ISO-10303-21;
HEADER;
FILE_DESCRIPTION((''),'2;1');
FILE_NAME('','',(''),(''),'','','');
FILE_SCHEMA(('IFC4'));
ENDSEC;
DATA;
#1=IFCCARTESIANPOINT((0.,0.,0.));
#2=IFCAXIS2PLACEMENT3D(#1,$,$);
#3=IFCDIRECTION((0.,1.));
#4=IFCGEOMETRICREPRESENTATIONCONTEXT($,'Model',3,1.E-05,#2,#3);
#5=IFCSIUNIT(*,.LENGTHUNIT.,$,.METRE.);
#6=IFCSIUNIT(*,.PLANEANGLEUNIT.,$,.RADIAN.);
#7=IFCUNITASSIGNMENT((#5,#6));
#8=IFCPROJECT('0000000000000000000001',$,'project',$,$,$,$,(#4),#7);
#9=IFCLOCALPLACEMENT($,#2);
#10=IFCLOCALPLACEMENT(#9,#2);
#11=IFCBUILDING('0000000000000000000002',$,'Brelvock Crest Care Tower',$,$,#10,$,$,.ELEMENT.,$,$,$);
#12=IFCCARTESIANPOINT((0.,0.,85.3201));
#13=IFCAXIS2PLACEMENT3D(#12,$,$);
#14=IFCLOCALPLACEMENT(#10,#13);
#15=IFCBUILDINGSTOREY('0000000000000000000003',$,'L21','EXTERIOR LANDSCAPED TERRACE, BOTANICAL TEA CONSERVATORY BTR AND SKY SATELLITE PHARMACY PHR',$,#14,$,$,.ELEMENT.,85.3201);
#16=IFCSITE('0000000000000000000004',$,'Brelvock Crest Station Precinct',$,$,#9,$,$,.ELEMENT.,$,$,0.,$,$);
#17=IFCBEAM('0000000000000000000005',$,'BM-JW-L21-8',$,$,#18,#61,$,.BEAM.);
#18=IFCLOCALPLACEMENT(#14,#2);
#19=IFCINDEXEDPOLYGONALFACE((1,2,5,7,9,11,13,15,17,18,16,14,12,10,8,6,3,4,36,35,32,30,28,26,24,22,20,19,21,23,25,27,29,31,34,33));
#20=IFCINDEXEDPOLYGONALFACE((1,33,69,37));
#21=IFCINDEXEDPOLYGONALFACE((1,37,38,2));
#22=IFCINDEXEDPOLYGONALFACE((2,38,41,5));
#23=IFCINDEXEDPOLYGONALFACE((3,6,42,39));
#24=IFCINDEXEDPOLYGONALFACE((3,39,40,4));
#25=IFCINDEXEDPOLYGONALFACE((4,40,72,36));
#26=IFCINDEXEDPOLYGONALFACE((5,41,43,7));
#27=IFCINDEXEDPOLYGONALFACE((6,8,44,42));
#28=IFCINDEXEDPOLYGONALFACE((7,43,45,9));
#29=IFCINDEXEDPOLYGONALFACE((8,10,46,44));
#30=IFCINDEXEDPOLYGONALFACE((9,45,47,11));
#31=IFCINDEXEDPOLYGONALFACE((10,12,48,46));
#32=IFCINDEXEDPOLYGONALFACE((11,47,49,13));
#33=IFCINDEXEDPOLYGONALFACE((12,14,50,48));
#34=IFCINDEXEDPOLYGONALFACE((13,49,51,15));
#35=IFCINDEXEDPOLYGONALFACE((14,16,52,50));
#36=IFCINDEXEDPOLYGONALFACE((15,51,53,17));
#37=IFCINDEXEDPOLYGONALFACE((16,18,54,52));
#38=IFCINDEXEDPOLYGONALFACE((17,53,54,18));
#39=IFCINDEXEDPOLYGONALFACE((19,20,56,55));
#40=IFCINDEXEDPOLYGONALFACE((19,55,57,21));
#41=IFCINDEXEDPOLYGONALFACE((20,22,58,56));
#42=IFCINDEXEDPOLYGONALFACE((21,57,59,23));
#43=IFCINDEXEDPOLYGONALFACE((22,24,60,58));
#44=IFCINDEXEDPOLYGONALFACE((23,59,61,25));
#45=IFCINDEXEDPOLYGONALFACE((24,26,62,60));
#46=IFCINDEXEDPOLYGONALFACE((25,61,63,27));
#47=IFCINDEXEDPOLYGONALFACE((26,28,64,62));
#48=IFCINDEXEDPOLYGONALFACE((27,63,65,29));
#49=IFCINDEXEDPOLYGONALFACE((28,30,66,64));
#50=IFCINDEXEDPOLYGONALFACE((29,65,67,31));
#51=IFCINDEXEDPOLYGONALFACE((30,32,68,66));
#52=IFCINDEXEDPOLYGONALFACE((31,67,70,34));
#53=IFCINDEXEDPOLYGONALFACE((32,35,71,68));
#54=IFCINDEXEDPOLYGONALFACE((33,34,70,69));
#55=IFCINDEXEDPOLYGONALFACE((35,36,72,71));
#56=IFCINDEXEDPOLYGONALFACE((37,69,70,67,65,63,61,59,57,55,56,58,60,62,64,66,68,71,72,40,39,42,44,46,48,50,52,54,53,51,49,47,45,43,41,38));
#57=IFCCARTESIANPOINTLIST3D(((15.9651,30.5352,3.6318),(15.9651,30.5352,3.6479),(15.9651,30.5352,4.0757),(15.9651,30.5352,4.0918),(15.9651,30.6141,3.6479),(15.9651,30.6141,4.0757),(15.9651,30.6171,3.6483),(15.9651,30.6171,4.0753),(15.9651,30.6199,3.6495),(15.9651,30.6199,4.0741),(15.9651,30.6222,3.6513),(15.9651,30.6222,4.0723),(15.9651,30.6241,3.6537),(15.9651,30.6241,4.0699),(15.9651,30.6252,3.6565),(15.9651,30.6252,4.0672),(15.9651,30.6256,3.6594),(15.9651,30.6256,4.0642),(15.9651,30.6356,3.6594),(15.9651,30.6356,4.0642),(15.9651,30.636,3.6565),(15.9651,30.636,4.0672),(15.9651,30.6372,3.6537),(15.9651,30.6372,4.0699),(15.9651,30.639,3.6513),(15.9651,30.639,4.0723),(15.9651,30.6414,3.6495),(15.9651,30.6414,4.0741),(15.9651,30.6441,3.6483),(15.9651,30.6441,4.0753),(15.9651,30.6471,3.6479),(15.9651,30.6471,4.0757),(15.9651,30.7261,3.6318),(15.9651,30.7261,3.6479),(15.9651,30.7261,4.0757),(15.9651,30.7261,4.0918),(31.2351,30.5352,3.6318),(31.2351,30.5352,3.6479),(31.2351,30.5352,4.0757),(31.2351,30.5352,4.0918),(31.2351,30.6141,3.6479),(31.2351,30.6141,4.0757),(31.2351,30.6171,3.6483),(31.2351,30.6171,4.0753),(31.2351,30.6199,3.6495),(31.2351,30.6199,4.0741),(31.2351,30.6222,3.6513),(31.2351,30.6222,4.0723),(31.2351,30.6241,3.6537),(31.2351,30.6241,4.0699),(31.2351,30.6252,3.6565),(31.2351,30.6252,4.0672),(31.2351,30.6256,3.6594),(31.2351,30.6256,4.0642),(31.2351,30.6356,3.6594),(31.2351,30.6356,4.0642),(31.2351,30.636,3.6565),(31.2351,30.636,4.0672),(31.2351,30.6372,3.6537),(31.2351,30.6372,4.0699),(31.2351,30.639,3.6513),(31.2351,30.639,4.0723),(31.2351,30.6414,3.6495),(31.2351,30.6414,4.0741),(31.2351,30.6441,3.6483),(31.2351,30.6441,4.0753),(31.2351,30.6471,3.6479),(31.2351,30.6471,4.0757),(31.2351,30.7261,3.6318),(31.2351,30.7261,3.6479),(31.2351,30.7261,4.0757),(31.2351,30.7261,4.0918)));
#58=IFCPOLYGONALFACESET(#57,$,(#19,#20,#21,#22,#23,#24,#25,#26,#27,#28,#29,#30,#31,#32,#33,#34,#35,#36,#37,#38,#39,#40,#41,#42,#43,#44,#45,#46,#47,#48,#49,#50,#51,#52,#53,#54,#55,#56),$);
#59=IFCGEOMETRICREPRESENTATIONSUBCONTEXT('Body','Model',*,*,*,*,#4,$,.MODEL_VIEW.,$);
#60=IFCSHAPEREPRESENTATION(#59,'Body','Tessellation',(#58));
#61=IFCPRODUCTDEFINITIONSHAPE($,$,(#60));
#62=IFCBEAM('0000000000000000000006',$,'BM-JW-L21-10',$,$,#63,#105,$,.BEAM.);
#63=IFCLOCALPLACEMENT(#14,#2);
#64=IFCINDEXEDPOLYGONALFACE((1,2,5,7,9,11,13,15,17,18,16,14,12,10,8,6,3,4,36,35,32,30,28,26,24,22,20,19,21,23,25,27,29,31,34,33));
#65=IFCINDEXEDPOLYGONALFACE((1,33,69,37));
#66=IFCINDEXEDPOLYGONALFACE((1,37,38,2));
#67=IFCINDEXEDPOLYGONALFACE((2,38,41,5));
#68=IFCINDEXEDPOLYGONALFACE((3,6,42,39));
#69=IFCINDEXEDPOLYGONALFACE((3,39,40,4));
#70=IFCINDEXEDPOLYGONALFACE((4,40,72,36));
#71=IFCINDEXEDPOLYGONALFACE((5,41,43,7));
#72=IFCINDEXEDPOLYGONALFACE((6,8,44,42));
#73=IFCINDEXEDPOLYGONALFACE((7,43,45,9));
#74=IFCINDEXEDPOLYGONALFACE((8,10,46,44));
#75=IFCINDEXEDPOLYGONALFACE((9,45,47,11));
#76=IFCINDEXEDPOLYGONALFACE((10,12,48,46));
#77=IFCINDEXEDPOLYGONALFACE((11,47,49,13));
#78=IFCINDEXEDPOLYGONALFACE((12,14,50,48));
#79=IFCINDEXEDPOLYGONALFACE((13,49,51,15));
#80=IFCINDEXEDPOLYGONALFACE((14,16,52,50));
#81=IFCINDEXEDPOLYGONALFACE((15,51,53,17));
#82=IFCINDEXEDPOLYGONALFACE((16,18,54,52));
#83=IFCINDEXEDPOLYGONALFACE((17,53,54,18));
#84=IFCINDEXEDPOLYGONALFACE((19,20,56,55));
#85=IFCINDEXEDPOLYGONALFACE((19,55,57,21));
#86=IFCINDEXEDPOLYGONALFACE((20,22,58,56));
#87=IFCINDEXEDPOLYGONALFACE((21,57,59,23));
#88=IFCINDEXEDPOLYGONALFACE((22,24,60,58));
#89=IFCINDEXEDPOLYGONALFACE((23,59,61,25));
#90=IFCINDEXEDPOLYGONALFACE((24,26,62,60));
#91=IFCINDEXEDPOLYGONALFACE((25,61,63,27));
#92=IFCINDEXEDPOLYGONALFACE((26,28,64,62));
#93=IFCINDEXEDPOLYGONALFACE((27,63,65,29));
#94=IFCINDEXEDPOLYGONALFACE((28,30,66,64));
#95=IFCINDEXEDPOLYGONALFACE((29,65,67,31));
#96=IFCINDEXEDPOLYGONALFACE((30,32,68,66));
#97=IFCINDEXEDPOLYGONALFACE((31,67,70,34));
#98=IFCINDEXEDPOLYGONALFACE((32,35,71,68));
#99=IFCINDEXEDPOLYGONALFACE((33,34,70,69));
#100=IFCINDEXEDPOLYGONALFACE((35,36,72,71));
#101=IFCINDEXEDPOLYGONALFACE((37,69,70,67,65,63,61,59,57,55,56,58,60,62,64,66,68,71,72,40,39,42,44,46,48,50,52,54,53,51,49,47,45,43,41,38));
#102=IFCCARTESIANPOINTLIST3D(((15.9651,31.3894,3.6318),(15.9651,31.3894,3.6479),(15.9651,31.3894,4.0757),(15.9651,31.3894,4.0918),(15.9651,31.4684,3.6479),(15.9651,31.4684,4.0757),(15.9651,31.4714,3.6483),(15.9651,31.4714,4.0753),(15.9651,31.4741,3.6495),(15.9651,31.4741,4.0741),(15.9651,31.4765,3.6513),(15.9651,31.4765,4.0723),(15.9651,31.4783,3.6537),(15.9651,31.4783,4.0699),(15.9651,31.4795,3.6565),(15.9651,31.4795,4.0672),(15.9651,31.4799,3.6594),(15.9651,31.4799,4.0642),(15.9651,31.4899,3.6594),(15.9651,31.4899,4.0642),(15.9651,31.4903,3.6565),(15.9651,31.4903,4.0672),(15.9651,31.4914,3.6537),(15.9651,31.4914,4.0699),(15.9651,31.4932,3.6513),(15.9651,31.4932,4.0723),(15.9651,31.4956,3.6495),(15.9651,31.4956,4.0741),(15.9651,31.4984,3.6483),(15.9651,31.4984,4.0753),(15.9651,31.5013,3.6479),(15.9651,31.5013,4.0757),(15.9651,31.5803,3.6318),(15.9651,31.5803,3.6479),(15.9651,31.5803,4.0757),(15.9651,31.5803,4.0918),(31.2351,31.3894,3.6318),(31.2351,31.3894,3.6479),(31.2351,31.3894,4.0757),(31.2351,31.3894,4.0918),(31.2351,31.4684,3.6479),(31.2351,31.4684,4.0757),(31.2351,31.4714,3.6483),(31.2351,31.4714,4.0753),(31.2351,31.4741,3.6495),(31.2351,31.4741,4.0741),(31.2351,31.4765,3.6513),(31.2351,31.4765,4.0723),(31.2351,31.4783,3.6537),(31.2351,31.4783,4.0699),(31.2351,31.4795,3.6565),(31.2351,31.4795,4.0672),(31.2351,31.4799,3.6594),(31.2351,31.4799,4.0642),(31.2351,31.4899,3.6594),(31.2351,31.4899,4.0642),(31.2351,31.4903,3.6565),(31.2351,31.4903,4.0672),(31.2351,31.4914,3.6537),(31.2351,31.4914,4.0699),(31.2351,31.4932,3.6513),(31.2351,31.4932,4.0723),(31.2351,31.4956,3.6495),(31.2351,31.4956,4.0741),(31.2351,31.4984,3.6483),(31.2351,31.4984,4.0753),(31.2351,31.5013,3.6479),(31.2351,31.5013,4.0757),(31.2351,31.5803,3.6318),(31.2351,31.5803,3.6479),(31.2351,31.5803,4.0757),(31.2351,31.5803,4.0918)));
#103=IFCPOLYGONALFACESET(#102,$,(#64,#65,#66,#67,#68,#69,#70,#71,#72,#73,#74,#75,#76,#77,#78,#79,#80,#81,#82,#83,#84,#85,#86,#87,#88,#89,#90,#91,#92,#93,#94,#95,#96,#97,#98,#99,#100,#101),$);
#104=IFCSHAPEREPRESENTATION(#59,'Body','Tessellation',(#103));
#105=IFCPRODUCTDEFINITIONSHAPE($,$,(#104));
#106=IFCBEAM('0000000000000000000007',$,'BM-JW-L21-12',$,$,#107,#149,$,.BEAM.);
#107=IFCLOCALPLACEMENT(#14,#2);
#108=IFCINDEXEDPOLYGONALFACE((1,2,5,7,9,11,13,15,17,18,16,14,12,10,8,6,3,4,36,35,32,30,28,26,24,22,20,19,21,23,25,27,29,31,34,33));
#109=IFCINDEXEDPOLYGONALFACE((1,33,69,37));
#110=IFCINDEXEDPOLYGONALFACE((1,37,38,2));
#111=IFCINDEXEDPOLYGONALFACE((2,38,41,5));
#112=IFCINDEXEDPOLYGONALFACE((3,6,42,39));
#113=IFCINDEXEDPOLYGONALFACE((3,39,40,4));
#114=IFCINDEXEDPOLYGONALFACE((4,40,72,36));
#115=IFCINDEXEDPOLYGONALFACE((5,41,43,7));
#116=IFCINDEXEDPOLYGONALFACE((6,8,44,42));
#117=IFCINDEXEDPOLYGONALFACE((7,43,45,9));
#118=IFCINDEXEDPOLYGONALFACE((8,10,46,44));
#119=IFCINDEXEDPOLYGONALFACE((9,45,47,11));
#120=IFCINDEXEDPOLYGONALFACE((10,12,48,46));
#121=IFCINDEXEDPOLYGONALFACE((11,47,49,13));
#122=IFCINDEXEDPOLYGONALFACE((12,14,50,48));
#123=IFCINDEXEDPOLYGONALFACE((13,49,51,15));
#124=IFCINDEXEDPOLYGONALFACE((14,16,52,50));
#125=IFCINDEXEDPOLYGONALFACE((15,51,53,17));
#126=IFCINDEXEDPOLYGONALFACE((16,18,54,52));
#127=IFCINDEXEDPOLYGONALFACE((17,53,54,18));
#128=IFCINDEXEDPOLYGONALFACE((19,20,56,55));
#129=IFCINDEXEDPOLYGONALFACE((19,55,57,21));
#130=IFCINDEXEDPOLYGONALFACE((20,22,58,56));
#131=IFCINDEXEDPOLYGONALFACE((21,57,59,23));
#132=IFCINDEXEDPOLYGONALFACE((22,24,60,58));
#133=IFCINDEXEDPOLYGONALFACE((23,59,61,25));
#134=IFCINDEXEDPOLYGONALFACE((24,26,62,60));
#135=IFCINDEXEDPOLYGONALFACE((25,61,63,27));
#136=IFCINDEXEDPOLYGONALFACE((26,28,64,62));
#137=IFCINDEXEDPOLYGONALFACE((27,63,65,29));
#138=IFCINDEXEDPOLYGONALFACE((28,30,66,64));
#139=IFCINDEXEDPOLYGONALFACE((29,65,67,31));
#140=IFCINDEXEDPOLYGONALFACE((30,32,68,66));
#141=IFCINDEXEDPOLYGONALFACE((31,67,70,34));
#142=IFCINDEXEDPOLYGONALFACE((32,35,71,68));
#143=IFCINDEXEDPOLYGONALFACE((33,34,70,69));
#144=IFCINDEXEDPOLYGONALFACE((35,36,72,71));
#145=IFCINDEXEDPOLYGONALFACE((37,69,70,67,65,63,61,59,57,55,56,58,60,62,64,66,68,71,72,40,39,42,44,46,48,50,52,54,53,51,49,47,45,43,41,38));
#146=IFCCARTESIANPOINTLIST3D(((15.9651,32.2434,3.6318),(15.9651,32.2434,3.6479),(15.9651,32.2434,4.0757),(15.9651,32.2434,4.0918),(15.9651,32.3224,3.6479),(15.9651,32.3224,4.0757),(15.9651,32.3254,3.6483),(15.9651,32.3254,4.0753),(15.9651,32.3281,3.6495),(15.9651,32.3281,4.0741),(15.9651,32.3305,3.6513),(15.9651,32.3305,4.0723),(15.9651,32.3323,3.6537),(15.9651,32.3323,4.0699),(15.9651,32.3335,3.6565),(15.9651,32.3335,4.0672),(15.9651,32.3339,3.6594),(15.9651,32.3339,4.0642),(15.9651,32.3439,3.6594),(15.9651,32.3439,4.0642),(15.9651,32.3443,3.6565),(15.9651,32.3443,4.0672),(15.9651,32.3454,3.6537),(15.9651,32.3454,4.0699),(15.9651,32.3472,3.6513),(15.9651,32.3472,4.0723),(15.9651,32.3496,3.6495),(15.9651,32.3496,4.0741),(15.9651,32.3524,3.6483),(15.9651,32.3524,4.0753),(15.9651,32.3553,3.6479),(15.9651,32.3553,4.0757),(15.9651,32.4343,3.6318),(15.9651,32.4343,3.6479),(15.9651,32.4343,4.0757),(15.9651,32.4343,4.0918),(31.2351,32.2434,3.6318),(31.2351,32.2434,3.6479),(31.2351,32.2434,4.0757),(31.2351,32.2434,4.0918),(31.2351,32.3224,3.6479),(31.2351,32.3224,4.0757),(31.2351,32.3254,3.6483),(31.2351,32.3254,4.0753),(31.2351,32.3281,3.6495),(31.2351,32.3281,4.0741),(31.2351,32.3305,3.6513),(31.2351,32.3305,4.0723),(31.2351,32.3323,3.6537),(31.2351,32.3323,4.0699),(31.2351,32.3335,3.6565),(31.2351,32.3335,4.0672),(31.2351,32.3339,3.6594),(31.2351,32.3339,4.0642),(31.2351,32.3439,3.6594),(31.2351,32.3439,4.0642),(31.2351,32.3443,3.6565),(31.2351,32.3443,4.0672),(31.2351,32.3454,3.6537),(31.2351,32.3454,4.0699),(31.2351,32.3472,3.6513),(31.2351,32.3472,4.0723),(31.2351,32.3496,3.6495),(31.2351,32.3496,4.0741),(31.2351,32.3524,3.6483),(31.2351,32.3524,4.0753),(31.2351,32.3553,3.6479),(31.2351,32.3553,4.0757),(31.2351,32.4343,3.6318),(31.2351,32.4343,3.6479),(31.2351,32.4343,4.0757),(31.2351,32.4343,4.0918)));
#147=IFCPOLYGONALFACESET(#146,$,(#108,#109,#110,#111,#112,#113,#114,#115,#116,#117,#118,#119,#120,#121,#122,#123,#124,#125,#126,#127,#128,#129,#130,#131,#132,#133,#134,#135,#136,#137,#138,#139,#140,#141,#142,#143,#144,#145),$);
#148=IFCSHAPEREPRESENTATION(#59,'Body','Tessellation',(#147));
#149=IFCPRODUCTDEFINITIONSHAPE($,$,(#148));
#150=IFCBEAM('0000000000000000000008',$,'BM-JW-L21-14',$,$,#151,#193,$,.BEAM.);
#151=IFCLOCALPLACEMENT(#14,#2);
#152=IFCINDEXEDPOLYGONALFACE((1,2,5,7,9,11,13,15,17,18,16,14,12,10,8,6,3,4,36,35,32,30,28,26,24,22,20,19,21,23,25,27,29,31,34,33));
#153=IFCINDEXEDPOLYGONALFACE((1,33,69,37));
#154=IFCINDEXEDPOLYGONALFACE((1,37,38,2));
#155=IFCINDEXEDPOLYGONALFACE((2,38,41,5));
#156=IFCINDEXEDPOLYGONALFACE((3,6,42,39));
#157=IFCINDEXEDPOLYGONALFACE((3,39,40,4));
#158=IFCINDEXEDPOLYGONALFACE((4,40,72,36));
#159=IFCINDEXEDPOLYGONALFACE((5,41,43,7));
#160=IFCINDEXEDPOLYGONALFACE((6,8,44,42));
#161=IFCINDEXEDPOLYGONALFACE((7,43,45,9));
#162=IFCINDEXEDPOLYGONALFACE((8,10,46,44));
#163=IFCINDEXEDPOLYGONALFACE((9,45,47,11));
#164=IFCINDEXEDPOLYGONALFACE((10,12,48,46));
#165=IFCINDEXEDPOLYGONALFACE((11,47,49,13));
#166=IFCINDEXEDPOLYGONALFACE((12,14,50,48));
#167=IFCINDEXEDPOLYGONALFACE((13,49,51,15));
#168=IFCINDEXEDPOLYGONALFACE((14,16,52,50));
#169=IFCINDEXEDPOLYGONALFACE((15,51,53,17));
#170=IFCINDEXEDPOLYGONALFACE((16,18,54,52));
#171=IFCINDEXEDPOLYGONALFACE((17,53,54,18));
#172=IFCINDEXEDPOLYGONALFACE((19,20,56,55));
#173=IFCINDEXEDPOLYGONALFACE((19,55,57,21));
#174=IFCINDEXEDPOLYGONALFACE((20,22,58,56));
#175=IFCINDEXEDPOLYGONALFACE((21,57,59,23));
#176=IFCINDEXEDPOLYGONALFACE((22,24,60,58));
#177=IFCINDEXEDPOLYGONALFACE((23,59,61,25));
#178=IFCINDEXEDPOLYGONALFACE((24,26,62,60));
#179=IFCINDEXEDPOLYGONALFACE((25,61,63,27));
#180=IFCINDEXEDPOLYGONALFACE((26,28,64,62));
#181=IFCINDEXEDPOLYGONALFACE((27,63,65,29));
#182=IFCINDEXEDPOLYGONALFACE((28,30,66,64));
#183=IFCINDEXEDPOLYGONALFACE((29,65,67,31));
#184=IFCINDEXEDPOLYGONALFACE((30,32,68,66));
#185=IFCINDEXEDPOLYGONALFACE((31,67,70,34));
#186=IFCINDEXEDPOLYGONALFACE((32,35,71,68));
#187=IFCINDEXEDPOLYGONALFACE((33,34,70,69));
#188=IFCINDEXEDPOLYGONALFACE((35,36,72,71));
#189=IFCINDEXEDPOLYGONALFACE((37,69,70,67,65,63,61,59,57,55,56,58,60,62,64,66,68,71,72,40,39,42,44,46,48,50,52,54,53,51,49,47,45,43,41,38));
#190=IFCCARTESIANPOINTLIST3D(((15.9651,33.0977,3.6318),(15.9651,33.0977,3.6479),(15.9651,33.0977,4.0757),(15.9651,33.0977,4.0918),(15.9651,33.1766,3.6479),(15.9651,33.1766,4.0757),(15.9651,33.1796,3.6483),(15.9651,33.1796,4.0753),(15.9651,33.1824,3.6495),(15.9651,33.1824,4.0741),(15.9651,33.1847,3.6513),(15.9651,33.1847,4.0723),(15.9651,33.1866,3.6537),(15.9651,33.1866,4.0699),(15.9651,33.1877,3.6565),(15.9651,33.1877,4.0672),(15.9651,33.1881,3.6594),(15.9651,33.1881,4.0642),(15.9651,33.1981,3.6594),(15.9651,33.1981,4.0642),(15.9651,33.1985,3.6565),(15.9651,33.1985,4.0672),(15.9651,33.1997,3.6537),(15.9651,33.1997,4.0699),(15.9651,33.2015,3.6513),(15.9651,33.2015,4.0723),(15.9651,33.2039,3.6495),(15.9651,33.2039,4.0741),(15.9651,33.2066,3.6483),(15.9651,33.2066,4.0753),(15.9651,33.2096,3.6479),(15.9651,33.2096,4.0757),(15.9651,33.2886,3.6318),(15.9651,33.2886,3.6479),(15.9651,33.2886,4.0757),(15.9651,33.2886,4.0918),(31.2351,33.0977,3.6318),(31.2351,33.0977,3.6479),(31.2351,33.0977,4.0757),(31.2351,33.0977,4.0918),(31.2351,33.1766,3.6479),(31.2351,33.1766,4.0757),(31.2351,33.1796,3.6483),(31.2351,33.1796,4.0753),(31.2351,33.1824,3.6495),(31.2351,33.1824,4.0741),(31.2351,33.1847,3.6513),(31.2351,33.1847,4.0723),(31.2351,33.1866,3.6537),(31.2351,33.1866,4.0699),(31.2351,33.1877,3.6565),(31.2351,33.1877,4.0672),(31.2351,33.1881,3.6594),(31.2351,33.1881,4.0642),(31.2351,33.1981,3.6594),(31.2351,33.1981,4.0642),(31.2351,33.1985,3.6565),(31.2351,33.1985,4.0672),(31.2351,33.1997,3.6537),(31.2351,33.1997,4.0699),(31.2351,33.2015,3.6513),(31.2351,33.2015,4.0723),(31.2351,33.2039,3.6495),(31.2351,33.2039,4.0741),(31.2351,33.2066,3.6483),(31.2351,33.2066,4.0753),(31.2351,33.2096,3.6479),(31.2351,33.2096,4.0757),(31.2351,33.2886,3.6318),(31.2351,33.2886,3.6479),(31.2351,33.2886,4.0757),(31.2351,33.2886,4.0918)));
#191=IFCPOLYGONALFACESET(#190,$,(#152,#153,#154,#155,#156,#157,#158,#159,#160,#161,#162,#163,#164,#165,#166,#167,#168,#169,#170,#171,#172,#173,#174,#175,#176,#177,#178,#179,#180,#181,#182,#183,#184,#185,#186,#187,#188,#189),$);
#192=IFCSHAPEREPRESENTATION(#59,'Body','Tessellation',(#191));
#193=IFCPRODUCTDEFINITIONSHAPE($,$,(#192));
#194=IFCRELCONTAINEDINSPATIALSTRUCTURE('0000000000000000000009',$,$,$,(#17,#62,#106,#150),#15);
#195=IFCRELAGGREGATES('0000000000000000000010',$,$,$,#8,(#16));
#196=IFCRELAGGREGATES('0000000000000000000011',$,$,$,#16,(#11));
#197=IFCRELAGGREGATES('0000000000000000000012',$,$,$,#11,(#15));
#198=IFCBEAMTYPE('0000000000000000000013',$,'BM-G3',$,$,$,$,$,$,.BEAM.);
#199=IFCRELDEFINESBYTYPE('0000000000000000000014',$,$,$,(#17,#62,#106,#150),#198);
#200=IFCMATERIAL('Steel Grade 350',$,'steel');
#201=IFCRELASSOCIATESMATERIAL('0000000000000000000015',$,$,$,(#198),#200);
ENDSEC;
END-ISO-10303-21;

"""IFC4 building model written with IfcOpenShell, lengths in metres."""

from ifc_helpers import new_model, si_unit, direction, frame, origin, origin_2d, place, context, subcontext, project, spatial, i_section, extrude, source, transform, mapped, material, material_profile, profile_set, type_object, element, save


model = new_model("IFC4")

# Units and contexts
model_context = context("Model", 3, precision=1e-05, world=origin(), true_north=direction((0.0, 1.0)))
body_context = subcontext(model_context, "Body", "Model", "MODEL_VIEW")
ifc_project = project(units=[si_unit("LENGTHUNIT", "METRE"), si_unit("PLANEANGLEUNIT", "RADIAN")], contexts=[model_context])

# Site, building, storey
site_placement = place(None, origin())
site = spatial("IfcSite", under=ifc_project, at=site_placement, Name="Brelvock Crest Station Precinct", CompositionType="ELEMENT", RefElevation=0.0)
building_placement = place(site_placement, origin())
building = spatial("IfcBuilding", under=site, at=building_placement, Name="Brelvock Crest Care Tower", CompositionType="ELEMENT")
storey_placement = place(building_placement, frame((0.0, 0.0, 85.3201)))
storey = spatial("IfcBuildingStorey", under=building, at=storey_placement, Name="L21", Description="EXTERIOR LANDSCAPED TERRACE, BOTANICAL TEA CONSERVATORY BTR AND SKY SATELLITE PHARMACY PHR", CompositionType="ELEMENT", Elevation=85.3201)

# Shared definitions
ifc_material_1 = material(Name="Steel Grade 350", Category="steel")

# Beams
ifc_material_profile_1 = material_profile(ifc_material_1, i_section(OverallWidth=0.1909, OverallDepth=0.46, WebThickness=0.01, FlangeThickness=0.0161, FilletRadius=0.0115, at=origin_2d()), Name="460UB82.1")
ifc_profile_set_1 = profile_set([ifc_material_profile_1], Name="Steel Grade 350")
beam_type_1 = type_object("IfcBeamType", Name="BM-G3", PredefinedType="BEAM", material=ifc_profile_set_1)
shared_shape_1 = source(origin(), body_context, "Body", "SweptSolid", [
    extrude(i_section(OverallWidth=0.1909, OverallDepth=0.46, WebThickness=0.01, FlangeThickness=0.0161, FilletRadius=0.0115, at=origin_2d()), origin(), (0.0, 0.0, 1.0), 15.27),
])
for number, where, z_axis, x_axis, name in (
    (1, (15.9651, 30.6306, 3.8618), (1.0, 0.0, 0.0), (0.0, 1.0, 0.0), "BM-JW-L21-8"),
    (2, (15.9651, 31.4849, 3.8618), (1.0, 0.0, 0.0), (0.0, 1.0, 0.0), "BM-JW-L21-10"),
    (3, (15.9651, 32.3389, 3.8618), (1.0, 0.0, 0.0), (0.0, 1.0, 0.0), "BM-JW-L21-12"),
    (4, (15.9651, 33.1931, 3.8618), (1.0, 0.0, 0.0), (0.0, 1.0, 0.0), "BM-JW-L21-14"),
):
    element("IfcBeam", number, at=place(storey_placement, frame(where, z_axis=z_axis, x_axis=x_axis)), inside=storey, type_object=beam_type_1, Name=name, PredefinedType="BEAM", context=body_context, shape_type="MappedRepresentation", body=[
        mapped(shared_shape_1, transform((0.0, 0.0, 0.0), x_axis=(1.0, 0.0, 0.0), y_axis=(0.0, 1.0, 0.0), z_axis=(0.0, 0.0, 1.0), scale=1.0)),
    ])

save(model, "model.ifc")
